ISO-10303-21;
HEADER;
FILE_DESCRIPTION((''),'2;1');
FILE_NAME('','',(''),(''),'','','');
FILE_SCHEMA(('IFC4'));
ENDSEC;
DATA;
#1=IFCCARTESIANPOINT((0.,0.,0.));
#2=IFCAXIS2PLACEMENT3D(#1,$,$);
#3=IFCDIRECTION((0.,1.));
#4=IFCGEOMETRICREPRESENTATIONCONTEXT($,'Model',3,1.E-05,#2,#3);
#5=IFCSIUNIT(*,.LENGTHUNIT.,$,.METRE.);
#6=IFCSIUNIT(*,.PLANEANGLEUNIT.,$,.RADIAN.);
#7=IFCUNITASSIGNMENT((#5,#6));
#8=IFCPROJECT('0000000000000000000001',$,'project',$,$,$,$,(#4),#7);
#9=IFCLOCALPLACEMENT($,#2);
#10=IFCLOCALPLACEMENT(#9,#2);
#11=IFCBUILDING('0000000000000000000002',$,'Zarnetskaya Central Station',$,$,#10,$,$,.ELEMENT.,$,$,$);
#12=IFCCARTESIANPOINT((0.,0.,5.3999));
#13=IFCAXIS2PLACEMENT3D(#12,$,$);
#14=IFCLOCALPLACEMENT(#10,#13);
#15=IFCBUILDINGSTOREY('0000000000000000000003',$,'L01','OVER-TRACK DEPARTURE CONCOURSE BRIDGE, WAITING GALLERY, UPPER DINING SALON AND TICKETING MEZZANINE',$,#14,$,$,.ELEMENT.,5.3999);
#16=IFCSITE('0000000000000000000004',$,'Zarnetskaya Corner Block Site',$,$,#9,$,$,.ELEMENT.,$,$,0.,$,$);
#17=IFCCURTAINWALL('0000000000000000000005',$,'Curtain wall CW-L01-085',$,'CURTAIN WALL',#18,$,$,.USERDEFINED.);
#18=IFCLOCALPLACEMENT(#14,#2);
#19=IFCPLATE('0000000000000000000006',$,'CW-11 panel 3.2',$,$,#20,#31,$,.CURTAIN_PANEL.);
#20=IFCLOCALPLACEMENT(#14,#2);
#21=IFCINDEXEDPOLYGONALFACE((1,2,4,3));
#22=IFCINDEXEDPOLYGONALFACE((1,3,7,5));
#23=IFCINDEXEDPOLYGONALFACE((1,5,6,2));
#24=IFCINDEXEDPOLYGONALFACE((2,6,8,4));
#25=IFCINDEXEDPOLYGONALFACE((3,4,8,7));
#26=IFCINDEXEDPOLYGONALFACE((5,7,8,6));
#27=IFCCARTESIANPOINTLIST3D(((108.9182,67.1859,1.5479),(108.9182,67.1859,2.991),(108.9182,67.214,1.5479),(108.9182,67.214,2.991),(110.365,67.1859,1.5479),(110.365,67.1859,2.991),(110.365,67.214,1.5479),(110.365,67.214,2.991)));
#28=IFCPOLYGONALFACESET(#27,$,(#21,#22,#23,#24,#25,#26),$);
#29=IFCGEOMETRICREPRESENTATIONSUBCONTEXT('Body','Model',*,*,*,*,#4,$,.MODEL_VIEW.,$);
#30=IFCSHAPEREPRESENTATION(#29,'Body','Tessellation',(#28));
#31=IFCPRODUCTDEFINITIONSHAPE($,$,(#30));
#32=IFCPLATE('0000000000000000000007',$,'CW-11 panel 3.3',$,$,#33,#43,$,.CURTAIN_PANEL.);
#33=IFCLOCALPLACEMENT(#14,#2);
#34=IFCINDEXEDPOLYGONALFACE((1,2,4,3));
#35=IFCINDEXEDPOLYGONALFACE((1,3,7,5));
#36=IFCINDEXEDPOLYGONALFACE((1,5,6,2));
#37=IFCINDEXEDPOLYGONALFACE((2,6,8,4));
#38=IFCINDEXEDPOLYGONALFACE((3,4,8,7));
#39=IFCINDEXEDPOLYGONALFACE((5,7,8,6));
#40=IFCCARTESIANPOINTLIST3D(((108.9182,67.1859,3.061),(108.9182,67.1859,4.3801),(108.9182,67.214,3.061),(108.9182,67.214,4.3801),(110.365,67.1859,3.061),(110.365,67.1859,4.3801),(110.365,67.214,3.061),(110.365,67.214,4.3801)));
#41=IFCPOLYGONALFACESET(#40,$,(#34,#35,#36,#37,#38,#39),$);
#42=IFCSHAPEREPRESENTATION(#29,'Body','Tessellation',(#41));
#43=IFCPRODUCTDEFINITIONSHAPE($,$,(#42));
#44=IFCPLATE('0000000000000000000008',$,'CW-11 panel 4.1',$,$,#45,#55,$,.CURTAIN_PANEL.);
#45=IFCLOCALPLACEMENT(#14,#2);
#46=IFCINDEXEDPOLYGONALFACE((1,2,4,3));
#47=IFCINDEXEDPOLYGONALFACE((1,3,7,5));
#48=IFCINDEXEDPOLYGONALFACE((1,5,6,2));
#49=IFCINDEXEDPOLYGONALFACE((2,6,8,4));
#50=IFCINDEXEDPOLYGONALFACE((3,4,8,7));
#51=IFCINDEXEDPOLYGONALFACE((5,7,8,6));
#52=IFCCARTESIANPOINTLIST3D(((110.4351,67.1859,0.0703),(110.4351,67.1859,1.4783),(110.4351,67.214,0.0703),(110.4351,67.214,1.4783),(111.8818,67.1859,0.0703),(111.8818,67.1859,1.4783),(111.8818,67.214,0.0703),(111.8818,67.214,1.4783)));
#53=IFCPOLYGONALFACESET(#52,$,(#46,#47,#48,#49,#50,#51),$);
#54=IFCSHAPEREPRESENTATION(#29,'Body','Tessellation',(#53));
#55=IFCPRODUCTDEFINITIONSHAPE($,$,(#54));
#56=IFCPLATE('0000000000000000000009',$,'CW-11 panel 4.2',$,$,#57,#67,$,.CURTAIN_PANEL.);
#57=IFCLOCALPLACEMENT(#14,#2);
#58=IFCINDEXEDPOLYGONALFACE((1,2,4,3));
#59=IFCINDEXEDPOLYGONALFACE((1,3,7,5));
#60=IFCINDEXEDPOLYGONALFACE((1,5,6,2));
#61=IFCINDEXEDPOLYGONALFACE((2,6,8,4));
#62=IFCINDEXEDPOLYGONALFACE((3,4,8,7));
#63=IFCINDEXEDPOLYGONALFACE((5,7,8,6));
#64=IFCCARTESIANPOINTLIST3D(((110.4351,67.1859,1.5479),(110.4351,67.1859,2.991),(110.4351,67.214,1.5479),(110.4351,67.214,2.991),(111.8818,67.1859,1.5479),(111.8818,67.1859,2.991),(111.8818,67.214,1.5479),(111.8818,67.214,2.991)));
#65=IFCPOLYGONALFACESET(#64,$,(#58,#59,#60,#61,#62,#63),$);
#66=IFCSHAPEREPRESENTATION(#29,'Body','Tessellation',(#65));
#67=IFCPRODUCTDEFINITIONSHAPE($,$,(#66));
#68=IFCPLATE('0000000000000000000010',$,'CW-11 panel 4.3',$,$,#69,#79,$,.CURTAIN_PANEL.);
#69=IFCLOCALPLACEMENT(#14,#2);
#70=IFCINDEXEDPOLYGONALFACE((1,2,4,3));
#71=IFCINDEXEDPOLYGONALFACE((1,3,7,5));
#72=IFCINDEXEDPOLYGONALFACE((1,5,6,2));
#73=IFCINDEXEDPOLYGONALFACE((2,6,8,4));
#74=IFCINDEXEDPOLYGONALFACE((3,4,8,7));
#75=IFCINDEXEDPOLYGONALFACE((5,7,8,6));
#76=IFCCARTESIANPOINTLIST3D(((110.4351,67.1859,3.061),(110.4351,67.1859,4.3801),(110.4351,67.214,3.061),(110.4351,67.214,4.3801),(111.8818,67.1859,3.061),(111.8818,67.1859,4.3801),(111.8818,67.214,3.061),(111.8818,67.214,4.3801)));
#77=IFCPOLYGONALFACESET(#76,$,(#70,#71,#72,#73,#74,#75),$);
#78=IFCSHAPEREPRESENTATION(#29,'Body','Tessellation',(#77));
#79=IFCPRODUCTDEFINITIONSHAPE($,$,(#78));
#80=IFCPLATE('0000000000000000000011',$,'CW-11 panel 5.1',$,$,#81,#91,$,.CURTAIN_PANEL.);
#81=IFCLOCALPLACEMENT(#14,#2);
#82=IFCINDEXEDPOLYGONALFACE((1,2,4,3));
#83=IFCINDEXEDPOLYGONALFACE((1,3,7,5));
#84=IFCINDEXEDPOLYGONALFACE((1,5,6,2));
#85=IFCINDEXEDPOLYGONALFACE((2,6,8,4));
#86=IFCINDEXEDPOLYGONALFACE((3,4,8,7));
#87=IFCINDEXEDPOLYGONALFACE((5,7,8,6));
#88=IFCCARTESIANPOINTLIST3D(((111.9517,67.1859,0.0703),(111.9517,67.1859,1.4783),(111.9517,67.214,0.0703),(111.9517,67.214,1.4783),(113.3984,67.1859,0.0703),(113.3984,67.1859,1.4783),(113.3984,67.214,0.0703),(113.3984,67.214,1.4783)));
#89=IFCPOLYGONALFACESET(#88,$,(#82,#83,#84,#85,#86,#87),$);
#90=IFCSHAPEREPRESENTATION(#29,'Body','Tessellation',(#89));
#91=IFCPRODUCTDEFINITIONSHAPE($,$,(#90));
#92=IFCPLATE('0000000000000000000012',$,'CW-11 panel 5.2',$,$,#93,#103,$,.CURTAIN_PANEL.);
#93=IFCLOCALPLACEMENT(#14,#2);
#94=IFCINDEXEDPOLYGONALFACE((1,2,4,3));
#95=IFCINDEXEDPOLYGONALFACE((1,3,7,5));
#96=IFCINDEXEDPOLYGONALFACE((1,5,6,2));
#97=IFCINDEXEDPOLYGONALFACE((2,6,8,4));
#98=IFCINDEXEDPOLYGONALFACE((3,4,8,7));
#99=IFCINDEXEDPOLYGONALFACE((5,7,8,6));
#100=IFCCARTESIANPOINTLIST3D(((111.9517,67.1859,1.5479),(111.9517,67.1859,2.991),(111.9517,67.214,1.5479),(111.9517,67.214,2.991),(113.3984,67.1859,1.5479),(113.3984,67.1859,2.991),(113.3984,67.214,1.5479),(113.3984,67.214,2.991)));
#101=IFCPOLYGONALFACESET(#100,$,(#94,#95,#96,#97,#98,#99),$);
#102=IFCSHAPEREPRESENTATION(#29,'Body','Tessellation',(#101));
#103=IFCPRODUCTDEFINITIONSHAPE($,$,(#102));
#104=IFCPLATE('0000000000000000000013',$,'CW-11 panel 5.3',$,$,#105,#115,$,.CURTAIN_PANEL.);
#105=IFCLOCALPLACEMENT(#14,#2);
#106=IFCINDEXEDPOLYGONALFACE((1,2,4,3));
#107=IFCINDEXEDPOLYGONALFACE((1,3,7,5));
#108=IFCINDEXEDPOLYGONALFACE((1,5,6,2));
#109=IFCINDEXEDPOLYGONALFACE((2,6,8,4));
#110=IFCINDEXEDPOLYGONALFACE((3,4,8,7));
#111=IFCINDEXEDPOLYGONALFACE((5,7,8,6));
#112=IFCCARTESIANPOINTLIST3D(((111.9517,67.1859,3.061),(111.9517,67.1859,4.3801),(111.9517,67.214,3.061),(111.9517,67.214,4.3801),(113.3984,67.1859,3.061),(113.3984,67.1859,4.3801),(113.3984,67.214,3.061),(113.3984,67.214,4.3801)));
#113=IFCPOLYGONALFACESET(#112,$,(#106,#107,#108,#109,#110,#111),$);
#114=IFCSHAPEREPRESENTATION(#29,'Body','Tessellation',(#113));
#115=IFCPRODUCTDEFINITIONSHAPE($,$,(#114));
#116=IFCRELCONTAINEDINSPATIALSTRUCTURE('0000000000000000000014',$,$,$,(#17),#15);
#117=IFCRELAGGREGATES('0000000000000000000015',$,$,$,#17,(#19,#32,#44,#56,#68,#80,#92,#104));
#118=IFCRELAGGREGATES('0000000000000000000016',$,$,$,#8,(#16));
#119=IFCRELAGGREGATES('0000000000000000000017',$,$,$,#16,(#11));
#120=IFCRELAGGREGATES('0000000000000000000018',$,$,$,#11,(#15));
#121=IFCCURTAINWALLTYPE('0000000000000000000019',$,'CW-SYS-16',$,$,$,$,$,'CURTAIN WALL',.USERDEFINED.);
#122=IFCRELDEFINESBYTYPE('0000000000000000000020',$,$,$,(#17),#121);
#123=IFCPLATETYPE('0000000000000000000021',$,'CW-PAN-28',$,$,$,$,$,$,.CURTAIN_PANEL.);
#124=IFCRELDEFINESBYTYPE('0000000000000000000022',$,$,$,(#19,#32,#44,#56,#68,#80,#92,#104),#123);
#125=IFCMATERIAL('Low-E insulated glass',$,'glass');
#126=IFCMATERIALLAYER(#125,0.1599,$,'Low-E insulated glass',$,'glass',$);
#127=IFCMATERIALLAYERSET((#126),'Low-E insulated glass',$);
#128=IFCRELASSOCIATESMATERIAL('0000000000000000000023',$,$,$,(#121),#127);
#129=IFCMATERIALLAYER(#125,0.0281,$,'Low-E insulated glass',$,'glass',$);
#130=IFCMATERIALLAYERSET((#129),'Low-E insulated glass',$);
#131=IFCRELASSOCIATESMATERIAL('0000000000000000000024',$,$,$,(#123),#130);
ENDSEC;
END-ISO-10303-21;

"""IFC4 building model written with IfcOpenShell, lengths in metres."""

from ifc_helpers import new_model, si_unit, direction, frame, origin, origin_2d, place, context, subcontext, project, spatial, rectangle, extrude, material, layer, layer_set, type_object, element, aggregate, save


model = new_model("IFC4")

# Units and contexts
model_context = context("Model", 3, precision=1e-05, world=origin(), true_north=direction((0.0, 1.0)))
body_context = subcontext(model_context, "Body", "Model", "MODEL_VIEW")
ifc_project = project(units=[si_unit("LENGTHUNIT", "METRE"), si_unit("PLANEANGLEUNIT", "RADIAN")], contexts=[model_context])

# Site, building, storey
site_placement = place(None, origin())
site = spatial("IfcSite", under=ifc_project, at=site_placement, Name="Zarnetskaya Corner Block Site", CompositionType="ELEMENT", RefElevation=0.0)
building_placement = place(site_placement, origin())
building = spatial("IfcBuilding", under=site, at=building_placement, Name="Zarnetskaya Central Station", CompositionType="ELEMENT")
storey_placement = place(building_placement, frame((0.0, 0.0, 5.3999)))
storey = spatial("IfcBuildingStorey", under=building, at=storey_placement, Name="L01", Description="OVER-TRACK DEPARTURE CONCOURSE BRIDGE, WAITING GALLERY, UPPER DINING SALON AND TICKETING MEZZANINE", CompositionType="ELEMENT", Elevation=5.3999)

# Curtain wall, plates
ifc_material_1 = material(Name="Low-E insulated glass", Category="glass")
ifc_layer_1 = layer(ifc_material_1, 0.1599, Name="Low-E insulated glass", Category="glass")
ifc_layer_set_1 = layer_set([ifc_layer_1], Name="Low-E insulated glass")
curtain_wall_type = type_object("IfcCurtainWallType", Name="CW-SYS-16", ElementType="CURTAIN WALL", PredefinedType="USERDEFINED", material=ifc_layer_set_1)
curtain_wall_placement = place(storey_placement, origin())
curtain_wall = element("IfcCurtainWall", 1, at=curtain_wall_placement, inside=storey, type_object=curtain_wall_type, Name="Curtain wall CW-L01-085", ObjectType="CURTAIN WALL", PredefinedType="USERDEFINED")
ifc_layer_2 = layer(ifc_material_1, 0.0281, Name="Low-E insulated glass", Category="glass")
ifc_layer_set_2 = layer_set([ifc_layer_2], Name="Low-E insulated glass")
plate_type = type_object("IfcPlateType", Name="CW-PAN-28", PredefinedType="CURTAIN_PANEL", material=ifc_layer_set_2)
plate_1_placement = place(storey_placement, frame((109.6416, 67.2, 1.5479), z_axis=(0.0, 0.0, 1.0), x_axis=(1.0, 0.0, 0.0)))
plate_1 = element("IfcPlate", 2, at=plate_1_placement, type_object=plate_type, Name="CW-11 panel 3.2", PredefinedType="CURTAIN_PANEL", context=body_context, shape_type="SweptSolid", body=[
    extrude(rectangle(XDim=1.4468, YDim=0.0281, at=origin_2d()), origin(), (0.0, 0.0, 1.0), 1.4431),
])
plate_2_placement = place(storey_placement, frame((109.6416, 67.2, 3.061), z_axis=(0.0, 0.0, 1.0), x_axis=(1.0, 0.0, 0.0)))
plate_2 = element("IfcPlate", 3, at=plate_2_placement, type_object=plate_type, Name="CW-11 panel 3.3", PredefinedType="CURTAIN_PANEL", context=body_context, shape_type="SweptSolid", body=[
    extrude(rectangle(XDim=1.4468, YDim=0.0281, at=origin_2d()), origin(), (0.0, 0.0, 1.0), 1.3191),
])
plate_3_placement = place(storey_placement, frame((111.1584, 67.2, 0.0703), z_axis=(0.0, 0.0, 1.0), x_axis=(1.0, 0.0, 0.0)))
plate_3 = element("IfcPlate", 4, at=plate_3_placement, type_object=plate_type, Name="CW-11 panel 4.1", PredefinedType="CURTAIN_PANEL", context=body_context, shape_type="SweptSolid", body=[
    extrude(rectangle(XDim=1.4468, YDim=0.0281, at=origin_2d()), origin(), (0.0, 0.0, 1.0), 1.408),
])
plate_4_placement = place(storey_placement, frame((111.1584, 67.2, 1.5479), z_axis=(0.0, 0.0, 1.0), x_axis=(1.0, 0.0, 0.0)))
plate_4 = element("IfcPlate", 5, at=plate_4_placement, type_object=plate_type, Name="CW-11 panel 4.2", PredefinedType="CURTAIN_PANEL", context=body_context, shape_type="SweptSolid", body=[
    extrude(rectangle(XDim=1.4468, YDim=0.0281, at=origin_2d()), origin(), (0.0, 0.0, 1.0), 1.4431),
])
plate_5_placement = place(storey_placement, frame((111.1584, 67.2, 3.061), z_axis=(0.0, 0.0, 1.0), x_axis=(1.0, 0.0, 0.0)))
plate_5 = element("IfcPlate", 6, at=plate_5_placement, type_object=plate_type, Name="CW-11 panel 4.3", PredefinedType="CURTAIN_PANEL", context=body_context, shape_type="SweptSolid", body=[
    extrude(rectangle(XDim=1.4468, YDim=0.0281, at=origin_2d()), origin(), (0.0, 0.0, 1.0), 1.3191),
])
plate_6_placement = place(storey_placement, frame((112.675, 67.2, 0.0703), z_axis=(0.0, 0.0, 1.0), x_axis=(1.0, 0.0, 0.0)))
plate_6 = element("IfcPlate", 7, at=plate_6_placement, type_object=plate_type, Name="CW-11 panel 5.1", PredefinedType="CURTAIN_PANEL", context=body_context, shape_type="SweptSolid", body=[
    extrude(rectangle(XDim=1.4468, YDim=0.0281, at=origin_2d()), origin(), (0.0, 0.0, 1.0), 1.408),
])
plate_7_placement = place(storey_placement, frame((112.675, 67.2, 1.5479), z_axis=(0.0, 0.0, 1.0), x_axis=(1.0, 0.0, 0.0)))
plate_7 = element("IfcPlate", 8, at=plate_7_placement, type_object=plate_type, Name="CW-11 panel 5.2", PredefinedType="CURTAIN_PANEL", context=body_context, shape_type="SweptSolid", body=[
    extrude(rectangle(XDim=1.4468, YDim=0.0281, at=origin_2d()), origin(), (0.0, 0.0, 1.0), 1.4431),
])
plate_8_placement = place(storey_placement, frame((112.675, 67.2, 3.061), z_axis=(0.0, 0.0, 1.0), x_axis=(1.0, 0.0, 0.0)))
plate_8 = element("IfcPlate", 9, at=plate_8_placement, type_object=plate_type, Name="CW-11 panel 5.3", PredefinedType="CURTAIN_PANEL", context=body_context, shape_type="SweptSolid", body=[
    extrude(rectangle(XDim=1.4468, YDim=0.0281, at=origin_2d()), origin(), (0.0, 0.0, 1.0), 1.3191),
])
aggregate(curtain_wall, [plate_1, plate_2, plate_3, plate_4, plate_5, plate_6, plate_7, plate_8])

save(model, "model.ifc")
